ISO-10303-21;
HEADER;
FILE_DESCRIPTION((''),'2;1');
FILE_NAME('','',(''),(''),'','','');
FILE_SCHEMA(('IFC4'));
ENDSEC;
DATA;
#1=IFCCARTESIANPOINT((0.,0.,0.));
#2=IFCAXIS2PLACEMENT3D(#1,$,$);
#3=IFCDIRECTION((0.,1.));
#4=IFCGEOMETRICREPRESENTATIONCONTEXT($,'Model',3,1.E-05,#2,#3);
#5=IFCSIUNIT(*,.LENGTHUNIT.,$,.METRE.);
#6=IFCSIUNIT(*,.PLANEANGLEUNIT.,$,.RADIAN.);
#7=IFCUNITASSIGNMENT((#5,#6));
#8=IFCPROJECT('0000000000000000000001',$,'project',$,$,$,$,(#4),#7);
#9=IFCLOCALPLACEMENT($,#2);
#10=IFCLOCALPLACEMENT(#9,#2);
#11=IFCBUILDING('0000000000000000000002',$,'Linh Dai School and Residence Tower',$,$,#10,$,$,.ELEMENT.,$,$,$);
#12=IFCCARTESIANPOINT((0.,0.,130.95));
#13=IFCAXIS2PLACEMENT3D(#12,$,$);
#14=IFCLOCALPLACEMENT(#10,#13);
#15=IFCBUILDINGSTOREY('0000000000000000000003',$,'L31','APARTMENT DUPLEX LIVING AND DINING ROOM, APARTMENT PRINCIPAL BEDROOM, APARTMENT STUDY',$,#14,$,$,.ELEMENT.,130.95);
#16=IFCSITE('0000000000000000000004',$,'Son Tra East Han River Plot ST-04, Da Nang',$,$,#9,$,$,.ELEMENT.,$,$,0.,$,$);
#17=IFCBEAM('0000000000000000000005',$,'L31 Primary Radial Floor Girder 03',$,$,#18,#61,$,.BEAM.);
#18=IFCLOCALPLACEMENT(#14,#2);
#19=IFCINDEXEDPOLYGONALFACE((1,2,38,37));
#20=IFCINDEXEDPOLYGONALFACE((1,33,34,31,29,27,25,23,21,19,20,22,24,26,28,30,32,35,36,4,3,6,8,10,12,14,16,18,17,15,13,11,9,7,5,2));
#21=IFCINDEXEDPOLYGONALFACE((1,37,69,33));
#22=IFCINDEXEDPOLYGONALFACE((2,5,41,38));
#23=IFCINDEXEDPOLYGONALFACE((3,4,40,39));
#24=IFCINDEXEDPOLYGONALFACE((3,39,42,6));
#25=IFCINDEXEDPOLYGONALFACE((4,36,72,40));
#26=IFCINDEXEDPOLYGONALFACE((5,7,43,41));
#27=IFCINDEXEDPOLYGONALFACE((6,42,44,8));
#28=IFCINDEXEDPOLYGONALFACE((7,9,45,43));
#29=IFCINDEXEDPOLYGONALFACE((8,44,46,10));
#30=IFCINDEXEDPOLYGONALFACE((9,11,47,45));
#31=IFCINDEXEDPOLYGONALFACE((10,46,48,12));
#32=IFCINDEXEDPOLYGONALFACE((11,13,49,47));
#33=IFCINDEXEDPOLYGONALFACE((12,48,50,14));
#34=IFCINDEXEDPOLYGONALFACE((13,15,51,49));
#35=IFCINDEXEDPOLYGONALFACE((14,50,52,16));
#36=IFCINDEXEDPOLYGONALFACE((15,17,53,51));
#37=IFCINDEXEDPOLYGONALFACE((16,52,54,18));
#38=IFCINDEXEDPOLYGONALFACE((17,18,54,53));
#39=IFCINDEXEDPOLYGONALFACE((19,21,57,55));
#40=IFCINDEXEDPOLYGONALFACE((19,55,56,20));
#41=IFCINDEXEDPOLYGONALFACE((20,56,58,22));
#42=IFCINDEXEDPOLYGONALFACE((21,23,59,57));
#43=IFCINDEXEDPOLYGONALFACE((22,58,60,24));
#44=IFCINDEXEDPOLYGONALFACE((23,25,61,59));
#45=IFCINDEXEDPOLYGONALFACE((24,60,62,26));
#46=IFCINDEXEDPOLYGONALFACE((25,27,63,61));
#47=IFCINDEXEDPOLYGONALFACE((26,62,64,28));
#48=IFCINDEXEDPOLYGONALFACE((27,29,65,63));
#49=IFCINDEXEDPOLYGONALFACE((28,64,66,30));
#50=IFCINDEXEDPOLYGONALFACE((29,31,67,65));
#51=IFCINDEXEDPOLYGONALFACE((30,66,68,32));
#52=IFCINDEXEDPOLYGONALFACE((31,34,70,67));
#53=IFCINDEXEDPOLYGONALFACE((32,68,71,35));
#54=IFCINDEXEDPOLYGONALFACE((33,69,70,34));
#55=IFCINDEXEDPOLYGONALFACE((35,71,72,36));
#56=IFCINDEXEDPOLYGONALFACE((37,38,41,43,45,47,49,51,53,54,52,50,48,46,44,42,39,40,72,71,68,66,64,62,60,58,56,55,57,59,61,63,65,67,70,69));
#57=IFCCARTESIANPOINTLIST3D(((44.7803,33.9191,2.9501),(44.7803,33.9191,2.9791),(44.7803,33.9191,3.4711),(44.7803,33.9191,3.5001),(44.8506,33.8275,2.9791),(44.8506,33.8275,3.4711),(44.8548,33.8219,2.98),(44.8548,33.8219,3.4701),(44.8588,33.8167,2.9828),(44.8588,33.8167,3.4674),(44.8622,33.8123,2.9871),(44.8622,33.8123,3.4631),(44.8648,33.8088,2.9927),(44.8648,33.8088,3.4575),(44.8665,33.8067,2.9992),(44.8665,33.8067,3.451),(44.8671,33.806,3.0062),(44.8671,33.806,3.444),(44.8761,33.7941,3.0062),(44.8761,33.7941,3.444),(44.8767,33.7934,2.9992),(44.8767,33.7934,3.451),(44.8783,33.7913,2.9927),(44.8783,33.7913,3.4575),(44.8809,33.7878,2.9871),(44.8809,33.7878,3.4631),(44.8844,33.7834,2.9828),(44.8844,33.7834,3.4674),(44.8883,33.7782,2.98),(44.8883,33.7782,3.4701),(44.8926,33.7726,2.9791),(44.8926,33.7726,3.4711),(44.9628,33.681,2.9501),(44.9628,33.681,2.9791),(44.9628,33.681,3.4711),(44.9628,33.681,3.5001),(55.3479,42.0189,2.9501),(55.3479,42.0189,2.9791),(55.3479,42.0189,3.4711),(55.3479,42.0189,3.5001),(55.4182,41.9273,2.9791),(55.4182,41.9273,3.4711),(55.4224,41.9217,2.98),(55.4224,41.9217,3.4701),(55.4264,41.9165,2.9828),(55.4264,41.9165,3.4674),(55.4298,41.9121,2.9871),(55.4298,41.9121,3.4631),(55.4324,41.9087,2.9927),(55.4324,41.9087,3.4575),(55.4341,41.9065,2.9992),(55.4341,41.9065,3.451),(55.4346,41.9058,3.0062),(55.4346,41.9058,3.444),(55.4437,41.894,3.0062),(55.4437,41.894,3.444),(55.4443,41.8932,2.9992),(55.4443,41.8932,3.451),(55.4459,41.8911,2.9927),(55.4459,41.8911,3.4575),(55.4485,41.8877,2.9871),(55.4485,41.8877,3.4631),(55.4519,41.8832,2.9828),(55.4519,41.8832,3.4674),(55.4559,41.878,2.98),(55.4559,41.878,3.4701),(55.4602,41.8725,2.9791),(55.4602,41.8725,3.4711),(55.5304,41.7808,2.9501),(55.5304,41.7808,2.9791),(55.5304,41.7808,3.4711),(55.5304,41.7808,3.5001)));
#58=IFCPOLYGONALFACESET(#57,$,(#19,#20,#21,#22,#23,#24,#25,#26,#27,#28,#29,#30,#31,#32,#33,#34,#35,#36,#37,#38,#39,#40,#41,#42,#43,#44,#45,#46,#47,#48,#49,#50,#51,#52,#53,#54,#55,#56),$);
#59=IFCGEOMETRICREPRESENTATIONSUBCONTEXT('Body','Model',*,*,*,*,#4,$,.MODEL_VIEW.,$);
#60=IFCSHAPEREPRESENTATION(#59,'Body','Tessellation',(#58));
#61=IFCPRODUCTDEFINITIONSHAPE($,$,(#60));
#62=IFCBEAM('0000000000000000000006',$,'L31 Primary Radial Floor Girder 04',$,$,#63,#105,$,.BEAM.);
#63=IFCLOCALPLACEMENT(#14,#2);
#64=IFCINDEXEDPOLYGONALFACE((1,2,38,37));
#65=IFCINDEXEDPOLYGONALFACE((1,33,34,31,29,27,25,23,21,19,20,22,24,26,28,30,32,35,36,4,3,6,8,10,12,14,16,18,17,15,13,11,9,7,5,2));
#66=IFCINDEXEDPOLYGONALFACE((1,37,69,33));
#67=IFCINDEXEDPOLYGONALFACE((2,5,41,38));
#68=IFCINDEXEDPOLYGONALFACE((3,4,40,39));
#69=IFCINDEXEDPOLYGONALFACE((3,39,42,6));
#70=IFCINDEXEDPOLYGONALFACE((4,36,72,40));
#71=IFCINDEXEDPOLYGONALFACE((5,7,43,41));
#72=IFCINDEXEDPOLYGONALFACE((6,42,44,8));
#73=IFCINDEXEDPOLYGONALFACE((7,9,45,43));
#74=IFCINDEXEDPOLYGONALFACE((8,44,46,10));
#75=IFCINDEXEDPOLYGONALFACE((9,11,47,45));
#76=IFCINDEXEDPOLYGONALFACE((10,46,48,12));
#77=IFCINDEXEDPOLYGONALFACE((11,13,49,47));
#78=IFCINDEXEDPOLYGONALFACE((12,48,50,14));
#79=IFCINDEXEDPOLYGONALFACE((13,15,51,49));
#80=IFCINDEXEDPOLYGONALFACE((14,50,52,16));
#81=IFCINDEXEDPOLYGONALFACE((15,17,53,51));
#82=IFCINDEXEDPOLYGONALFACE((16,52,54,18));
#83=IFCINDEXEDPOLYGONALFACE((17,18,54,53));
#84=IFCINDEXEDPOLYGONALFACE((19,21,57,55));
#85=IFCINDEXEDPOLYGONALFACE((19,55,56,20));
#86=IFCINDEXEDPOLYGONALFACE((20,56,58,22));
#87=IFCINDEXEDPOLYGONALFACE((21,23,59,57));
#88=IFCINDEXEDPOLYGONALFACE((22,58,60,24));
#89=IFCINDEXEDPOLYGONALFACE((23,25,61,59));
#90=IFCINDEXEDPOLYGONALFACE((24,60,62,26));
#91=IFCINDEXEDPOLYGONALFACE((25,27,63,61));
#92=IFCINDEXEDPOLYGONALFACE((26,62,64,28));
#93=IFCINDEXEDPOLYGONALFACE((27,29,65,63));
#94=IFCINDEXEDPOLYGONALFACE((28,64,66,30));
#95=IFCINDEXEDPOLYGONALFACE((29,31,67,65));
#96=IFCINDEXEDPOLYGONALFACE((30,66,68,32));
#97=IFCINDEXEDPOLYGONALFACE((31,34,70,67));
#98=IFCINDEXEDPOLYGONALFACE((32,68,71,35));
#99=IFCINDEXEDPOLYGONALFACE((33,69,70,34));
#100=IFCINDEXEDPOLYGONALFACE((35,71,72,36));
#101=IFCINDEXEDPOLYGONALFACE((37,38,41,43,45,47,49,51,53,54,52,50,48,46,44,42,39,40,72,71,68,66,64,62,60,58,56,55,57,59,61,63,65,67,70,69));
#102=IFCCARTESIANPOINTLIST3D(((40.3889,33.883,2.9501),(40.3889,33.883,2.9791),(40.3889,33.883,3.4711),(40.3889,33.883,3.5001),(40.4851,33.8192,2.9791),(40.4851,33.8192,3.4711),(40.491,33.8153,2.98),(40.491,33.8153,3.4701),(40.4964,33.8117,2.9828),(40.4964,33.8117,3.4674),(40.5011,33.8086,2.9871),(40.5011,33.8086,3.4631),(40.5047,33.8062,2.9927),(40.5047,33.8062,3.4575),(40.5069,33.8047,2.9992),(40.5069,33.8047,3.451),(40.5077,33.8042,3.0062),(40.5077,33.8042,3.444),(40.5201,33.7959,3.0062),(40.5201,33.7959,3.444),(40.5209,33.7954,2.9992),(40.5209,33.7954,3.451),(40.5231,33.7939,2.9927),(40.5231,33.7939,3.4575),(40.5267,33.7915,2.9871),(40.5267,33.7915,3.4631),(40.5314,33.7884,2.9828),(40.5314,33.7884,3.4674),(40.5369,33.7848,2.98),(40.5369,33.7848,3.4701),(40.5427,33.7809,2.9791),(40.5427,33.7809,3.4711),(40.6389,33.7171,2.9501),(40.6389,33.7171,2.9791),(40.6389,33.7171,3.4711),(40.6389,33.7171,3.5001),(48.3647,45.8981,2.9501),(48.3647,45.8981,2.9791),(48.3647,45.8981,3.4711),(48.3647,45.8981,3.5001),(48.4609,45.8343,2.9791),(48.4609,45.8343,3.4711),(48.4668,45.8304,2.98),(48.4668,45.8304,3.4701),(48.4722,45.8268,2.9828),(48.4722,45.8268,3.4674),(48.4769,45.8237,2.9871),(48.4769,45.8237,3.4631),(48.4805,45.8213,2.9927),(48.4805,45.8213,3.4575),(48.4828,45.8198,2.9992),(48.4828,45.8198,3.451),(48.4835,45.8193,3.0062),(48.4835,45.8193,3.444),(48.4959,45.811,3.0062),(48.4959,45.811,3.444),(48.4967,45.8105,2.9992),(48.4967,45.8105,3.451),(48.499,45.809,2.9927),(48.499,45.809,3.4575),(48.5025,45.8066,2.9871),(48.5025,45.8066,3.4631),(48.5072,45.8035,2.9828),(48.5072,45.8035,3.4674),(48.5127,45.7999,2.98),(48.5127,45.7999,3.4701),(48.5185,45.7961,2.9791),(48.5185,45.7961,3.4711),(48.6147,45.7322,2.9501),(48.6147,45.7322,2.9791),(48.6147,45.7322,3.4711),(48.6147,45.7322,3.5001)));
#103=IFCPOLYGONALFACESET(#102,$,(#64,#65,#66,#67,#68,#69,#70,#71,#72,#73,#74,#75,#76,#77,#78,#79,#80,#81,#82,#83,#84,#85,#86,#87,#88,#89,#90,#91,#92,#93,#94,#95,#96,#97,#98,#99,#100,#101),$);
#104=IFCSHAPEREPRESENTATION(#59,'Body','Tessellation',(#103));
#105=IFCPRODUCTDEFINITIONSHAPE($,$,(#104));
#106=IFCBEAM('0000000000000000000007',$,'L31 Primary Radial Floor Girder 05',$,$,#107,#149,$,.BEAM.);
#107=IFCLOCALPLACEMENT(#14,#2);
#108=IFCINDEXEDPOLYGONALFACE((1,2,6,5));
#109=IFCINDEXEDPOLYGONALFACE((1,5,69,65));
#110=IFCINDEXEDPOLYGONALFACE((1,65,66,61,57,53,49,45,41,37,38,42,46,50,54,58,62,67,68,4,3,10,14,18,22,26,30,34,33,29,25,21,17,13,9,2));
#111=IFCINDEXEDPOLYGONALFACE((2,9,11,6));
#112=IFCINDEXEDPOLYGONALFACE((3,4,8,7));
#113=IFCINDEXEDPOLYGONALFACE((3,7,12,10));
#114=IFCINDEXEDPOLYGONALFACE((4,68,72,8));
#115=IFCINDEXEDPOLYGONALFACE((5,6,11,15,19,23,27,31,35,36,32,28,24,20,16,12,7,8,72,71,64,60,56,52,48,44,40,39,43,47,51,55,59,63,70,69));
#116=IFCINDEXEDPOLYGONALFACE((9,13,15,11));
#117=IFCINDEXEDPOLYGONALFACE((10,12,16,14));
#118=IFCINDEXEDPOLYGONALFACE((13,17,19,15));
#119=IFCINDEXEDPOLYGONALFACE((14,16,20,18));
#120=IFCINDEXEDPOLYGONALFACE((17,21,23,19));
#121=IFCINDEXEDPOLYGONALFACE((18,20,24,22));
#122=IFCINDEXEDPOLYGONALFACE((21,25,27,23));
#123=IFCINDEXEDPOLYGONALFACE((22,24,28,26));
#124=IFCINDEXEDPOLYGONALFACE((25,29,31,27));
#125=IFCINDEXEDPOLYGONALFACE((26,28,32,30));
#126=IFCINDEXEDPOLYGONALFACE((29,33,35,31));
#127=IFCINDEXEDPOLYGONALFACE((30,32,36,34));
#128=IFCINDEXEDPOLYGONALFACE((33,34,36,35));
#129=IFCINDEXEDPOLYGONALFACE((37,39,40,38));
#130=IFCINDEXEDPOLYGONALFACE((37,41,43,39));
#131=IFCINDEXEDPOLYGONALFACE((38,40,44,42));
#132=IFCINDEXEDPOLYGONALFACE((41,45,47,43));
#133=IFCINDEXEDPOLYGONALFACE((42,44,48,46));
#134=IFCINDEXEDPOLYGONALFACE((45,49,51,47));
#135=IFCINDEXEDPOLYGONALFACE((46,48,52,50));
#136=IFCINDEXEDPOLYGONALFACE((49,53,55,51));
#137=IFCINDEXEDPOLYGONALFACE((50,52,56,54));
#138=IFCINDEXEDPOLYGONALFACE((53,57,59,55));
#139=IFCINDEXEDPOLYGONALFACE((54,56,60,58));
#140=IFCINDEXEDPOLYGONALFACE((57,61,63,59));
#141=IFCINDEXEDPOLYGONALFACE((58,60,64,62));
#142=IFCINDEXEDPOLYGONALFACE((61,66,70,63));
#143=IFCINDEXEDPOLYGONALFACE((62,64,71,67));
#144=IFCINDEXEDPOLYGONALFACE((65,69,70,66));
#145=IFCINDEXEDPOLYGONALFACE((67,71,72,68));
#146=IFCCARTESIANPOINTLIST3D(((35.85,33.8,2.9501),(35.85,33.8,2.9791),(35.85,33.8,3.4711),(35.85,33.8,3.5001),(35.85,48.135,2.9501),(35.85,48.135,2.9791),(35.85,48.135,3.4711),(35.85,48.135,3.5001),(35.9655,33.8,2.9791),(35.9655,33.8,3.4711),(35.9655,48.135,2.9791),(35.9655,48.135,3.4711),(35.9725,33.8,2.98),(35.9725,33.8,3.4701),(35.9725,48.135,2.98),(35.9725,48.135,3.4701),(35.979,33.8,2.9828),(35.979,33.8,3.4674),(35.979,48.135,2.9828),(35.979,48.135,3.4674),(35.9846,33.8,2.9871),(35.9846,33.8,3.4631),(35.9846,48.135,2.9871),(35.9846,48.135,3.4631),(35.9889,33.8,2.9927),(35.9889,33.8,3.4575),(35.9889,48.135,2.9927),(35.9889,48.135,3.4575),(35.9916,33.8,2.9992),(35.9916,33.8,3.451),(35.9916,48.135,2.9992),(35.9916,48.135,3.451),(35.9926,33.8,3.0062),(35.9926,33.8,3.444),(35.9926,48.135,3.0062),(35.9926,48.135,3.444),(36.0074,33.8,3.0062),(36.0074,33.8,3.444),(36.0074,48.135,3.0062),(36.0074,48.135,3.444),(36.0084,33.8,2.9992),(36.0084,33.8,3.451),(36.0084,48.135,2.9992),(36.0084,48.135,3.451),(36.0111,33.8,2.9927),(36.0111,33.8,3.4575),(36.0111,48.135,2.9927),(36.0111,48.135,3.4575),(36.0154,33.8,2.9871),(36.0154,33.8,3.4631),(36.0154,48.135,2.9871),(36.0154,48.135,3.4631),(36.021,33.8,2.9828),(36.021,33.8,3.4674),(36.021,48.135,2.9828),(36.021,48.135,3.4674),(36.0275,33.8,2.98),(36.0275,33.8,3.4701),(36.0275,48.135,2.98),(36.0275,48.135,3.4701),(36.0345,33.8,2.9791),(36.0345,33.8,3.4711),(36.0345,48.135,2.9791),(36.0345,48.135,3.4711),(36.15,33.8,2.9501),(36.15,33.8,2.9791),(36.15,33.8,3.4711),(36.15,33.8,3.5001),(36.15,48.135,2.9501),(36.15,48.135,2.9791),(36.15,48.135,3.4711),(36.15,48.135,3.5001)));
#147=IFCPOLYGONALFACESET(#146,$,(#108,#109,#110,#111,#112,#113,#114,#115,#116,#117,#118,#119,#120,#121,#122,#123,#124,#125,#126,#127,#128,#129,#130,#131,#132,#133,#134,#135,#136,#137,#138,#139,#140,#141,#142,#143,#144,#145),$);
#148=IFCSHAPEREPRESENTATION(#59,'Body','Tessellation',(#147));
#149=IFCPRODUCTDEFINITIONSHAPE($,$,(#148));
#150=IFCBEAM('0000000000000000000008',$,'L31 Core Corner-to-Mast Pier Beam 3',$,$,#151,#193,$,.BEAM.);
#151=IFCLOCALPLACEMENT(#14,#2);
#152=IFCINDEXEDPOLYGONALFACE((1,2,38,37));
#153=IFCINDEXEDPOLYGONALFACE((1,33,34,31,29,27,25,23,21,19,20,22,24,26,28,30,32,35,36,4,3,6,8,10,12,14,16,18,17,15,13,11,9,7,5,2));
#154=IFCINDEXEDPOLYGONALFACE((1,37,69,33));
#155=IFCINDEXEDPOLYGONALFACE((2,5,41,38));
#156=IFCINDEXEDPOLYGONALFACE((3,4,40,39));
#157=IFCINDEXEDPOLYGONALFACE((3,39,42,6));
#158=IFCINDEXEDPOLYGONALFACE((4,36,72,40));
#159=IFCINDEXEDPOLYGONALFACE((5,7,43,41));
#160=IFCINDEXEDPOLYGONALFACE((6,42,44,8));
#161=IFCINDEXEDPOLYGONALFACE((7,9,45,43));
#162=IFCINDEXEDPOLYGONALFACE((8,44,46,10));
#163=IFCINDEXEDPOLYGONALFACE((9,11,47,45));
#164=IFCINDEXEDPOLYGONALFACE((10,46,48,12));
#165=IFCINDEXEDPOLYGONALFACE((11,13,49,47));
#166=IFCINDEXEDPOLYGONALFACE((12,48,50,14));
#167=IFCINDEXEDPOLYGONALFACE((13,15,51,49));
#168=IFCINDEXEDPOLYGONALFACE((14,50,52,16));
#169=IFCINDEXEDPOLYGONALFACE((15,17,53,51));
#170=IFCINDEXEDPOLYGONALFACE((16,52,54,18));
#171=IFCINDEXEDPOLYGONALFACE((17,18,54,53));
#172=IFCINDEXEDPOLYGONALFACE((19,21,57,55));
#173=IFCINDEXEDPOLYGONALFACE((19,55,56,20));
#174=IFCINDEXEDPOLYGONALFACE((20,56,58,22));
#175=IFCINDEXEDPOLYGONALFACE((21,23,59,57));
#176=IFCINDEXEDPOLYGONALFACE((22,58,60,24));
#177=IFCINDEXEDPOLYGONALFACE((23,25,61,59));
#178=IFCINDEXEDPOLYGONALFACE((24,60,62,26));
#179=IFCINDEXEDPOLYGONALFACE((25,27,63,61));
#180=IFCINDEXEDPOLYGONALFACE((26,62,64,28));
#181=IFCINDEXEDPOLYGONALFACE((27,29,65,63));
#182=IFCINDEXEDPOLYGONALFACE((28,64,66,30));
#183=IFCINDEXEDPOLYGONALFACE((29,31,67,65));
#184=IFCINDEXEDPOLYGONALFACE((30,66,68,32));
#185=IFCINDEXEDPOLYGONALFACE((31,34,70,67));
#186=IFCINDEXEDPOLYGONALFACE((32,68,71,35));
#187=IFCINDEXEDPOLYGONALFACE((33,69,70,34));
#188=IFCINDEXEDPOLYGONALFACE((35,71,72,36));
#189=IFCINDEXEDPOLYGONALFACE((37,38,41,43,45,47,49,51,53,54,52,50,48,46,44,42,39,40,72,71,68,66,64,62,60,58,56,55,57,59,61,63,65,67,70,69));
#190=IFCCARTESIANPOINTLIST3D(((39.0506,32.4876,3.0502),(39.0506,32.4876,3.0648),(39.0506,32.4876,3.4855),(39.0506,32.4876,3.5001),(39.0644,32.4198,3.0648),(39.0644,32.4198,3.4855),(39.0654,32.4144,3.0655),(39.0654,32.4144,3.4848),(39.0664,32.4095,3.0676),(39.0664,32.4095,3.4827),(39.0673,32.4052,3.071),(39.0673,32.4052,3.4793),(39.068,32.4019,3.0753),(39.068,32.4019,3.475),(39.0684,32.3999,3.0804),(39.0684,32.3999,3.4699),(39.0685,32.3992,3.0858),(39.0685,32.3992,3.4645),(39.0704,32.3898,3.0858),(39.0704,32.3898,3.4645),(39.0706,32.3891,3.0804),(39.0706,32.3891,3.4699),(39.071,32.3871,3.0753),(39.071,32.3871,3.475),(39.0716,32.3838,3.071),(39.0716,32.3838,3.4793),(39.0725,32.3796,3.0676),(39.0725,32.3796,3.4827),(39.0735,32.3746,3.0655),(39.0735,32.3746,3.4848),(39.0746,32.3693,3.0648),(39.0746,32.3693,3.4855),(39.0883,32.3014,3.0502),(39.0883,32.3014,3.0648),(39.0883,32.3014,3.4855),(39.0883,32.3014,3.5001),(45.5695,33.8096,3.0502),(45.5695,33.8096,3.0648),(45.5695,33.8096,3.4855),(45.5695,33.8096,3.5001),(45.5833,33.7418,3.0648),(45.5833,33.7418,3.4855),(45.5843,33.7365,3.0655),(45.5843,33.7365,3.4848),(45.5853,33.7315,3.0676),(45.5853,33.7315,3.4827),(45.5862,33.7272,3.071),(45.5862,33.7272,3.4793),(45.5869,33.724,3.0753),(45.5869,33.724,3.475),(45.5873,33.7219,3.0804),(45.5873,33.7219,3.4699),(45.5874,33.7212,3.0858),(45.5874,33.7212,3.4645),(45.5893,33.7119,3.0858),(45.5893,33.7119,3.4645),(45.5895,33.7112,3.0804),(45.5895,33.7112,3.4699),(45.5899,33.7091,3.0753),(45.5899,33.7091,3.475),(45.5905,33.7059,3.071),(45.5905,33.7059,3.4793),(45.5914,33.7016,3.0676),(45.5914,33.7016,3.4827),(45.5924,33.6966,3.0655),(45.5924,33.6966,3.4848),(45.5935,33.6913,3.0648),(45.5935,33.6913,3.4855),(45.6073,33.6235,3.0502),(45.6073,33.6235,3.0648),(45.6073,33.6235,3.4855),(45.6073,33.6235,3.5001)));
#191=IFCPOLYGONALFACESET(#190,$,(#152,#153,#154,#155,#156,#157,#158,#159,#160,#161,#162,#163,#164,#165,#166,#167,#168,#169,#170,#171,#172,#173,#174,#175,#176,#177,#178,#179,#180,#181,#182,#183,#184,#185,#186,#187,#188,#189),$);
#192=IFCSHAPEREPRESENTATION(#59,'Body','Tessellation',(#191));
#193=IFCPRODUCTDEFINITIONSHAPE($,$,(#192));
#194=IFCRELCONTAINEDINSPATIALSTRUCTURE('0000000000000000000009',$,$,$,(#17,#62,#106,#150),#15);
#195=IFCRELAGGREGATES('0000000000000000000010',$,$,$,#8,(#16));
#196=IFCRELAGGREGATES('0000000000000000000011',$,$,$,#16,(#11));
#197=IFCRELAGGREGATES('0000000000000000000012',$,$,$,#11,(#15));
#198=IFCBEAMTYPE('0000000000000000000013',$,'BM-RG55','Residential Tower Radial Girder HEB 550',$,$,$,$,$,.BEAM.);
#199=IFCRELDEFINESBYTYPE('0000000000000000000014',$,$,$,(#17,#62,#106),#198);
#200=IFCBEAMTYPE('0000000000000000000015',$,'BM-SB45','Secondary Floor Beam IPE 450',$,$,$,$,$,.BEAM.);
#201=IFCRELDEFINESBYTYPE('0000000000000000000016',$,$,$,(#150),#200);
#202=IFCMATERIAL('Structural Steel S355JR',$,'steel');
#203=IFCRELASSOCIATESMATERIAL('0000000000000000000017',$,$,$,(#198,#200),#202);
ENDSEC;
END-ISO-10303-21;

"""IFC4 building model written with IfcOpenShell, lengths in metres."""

from ifc_helpers import new_model, si_unit, direction, frame, origin, origin_2d, place, context, subcontext, project, spatial, i_section, extrude, material, material_profile, profile_set, type_object, element, save


model = new_model("IFC4")

# Units and contexts
model_context = context("Model", 3, precision=1e-05, world=origin(), true_north=direction((0.0, 1.0)))
body_context = subcontext(model_context, "Body", "Model", "MODEL_VIEW")
ifc_project = project(units=[si_unit("LENGTHUNIT", "METRE"), si_unit("PLANEANGLEUNIT", "RADIAN")], contexts=[model_context])

# Site, building, storey
site_placement = place(None, origin())
site = spatial("IfcSite", under=ifc_project, at=site_placement, Name="Son Tra East Han River Plot ST-04, Da Nang", CompositionType="ELEMENT", RefElevation=0.0)
building_placement = place(site_placement, origin())
building = spatial("IfcBuilding", under=site, at=building_placement, Name="Linh Dai School and Residence Tower", CompositionType="ELEMENT")
storey_placement = place(building_placement, frame((0.0, 0.0, 130.95)))
storey = spatial("IfcBuildingStorey", under=building, at=storey_placement, Name="L31", Description="APARTMENT DUPLEX LIVING AND DINING ROOM, APARTMENT PRINCIPAL BEDROOM, APARTMENT STUDY", CompositionType="ELEMENT", Elevation=130.95)

# Shared definitions
ifc_material_1 = material(Name="Structural Steel S355JR", Category="steel")

# Beams
ifc_material_profile_1 = material_profile(ifc_material_1, i_section(OverallWidth=0.3, OverallDepth=0.55, WebThickness=0.0149, FlangeThickness=0.0291, FilletRadius=0.0271, at=origin_2d()), Name="HEB 550")
ifc_profile_set_1 = profile_set([ifc_material_profile_1], Name="Structural Steel S355JR")
beam_type_1 = type_object("IfcBeamType", Name="BM-RG55", Description="Residential Tower Radial Girder HEB 550", PredefinedType="BEAM", material=ifc_profile_set_1)
beam_1_placement = place(storey_placement, frame((44.8716, 33.8, 3.2251), z_axis=(0.793679, 0.608337, 0.0), x_axis=(-0.608337, 0.793679, 0.0)))
element("IfcBeam", 1, at=beam_1_placement, inside=storey, type_object=beam_type_1, Name="L31 Primary Radial Floor Girder 03", PredefinedType="BEAM", context=body_context, shape_type="SweptSolid", body=[
    extrude(i_section(OverallWidth=0.3, OverallDepth=0.55, WebThickness=0.0149, FlangeThickness=0.0291, FilletRadius=0.0271, at=origin_2d()), origin(), (0.0, 0.0, 1.0), 13.3147),
])
beam_2_placement = place(storey_placement, frame((40.5139, 33.8, 3.2251), z_axis=(0.553054, 0.833145, 0.0), x_axis=(-0.833145, 0.553054, 0.0)))
element("IfcBeam", 2, at=beam_2_placement, inside=storey, type_object=beam_type_1, Name="L31 Primary Radial Floor Girder 04", PredefinedType="BEAM", context=body_context, shape_type="SweptSolid", body=[
    extrude(i_section(OverallWidth=0.3, OverallDepth=0.55, WebThickness=0.0149, FlangeThickness=0.0291, FilletRadius=0.0271, at=origin_2d()), origin(), (0.0, 0.0, 1.0), 14.4214),
])
beam_3_placement = place(storey_placement, frame((36.0, 33.8, 3.2251), z_axis=(0.0, 1.0, 0.0), x_axis=(-1.0, 0.0, 0.0)))
element("IfcBeam", 3, at=beam_3_placement, inside=storey, type_object=beam_type_1, Name="L31 Primary Radial Floor Girder 05", PredefinedType="BEAM", context=body_context, shape_type="SweptSolid", body=[
    extrude(i_section(OverallWidth=0.3, OverallDepth=0.55, WebThickness=0.0149, FlangeThickness=0.0291, FilletRadius=0.0271, at=origin_2d()), origin(), (0.0, 0.0, 1.0), 14.335),
])
ifc_material_profile_2 = material_profile(ifc_material_1, i_section(OverallWidth=0.1899, OverallDepth=0.45, WebThickness=0.0095, FlangeThickness=0.0146, FilletRadius=0.021, at=origin_2d()), Name="IPE 450")
ifc_profile_set_2 = profile_set([ifc_material_profile_2], Name="Structural Steel S355JR")
beam_type_2 = type_object("IfcBeamType", Name="BM-SB45", Description="Secondary Floor Beam IPE 450", PredefinedType="BEAM", material=ifc_profile_set_2)
beam_4_placement = place(storey_placement, frame((45.5884, 33.7166, 3.2751), z_axis=(-0.980049, -0.198755, 0.0), x_axis=(0.198755, -0.980049, 0.0)))
element("IfcBeam", 4, at=beam_4_placement, inside=storey, type_object=beam_type_2, Name="L31 Core Corner-to-Mast Pier Beam 3", PredefinedType="BEAM", context=body_context, shape_type="SweptSolid", body=[
    extrude(i_section(OverallWidth=0.1899, OverallDepth=0.45, WebThickness=0.0095, FlangeThickness=0.0146, FilletRadius=0.021, at=origin_2d()), origin(), (0.0, 0.0, 1.0), 6.6516),
])

save(model, "model.ifc")
